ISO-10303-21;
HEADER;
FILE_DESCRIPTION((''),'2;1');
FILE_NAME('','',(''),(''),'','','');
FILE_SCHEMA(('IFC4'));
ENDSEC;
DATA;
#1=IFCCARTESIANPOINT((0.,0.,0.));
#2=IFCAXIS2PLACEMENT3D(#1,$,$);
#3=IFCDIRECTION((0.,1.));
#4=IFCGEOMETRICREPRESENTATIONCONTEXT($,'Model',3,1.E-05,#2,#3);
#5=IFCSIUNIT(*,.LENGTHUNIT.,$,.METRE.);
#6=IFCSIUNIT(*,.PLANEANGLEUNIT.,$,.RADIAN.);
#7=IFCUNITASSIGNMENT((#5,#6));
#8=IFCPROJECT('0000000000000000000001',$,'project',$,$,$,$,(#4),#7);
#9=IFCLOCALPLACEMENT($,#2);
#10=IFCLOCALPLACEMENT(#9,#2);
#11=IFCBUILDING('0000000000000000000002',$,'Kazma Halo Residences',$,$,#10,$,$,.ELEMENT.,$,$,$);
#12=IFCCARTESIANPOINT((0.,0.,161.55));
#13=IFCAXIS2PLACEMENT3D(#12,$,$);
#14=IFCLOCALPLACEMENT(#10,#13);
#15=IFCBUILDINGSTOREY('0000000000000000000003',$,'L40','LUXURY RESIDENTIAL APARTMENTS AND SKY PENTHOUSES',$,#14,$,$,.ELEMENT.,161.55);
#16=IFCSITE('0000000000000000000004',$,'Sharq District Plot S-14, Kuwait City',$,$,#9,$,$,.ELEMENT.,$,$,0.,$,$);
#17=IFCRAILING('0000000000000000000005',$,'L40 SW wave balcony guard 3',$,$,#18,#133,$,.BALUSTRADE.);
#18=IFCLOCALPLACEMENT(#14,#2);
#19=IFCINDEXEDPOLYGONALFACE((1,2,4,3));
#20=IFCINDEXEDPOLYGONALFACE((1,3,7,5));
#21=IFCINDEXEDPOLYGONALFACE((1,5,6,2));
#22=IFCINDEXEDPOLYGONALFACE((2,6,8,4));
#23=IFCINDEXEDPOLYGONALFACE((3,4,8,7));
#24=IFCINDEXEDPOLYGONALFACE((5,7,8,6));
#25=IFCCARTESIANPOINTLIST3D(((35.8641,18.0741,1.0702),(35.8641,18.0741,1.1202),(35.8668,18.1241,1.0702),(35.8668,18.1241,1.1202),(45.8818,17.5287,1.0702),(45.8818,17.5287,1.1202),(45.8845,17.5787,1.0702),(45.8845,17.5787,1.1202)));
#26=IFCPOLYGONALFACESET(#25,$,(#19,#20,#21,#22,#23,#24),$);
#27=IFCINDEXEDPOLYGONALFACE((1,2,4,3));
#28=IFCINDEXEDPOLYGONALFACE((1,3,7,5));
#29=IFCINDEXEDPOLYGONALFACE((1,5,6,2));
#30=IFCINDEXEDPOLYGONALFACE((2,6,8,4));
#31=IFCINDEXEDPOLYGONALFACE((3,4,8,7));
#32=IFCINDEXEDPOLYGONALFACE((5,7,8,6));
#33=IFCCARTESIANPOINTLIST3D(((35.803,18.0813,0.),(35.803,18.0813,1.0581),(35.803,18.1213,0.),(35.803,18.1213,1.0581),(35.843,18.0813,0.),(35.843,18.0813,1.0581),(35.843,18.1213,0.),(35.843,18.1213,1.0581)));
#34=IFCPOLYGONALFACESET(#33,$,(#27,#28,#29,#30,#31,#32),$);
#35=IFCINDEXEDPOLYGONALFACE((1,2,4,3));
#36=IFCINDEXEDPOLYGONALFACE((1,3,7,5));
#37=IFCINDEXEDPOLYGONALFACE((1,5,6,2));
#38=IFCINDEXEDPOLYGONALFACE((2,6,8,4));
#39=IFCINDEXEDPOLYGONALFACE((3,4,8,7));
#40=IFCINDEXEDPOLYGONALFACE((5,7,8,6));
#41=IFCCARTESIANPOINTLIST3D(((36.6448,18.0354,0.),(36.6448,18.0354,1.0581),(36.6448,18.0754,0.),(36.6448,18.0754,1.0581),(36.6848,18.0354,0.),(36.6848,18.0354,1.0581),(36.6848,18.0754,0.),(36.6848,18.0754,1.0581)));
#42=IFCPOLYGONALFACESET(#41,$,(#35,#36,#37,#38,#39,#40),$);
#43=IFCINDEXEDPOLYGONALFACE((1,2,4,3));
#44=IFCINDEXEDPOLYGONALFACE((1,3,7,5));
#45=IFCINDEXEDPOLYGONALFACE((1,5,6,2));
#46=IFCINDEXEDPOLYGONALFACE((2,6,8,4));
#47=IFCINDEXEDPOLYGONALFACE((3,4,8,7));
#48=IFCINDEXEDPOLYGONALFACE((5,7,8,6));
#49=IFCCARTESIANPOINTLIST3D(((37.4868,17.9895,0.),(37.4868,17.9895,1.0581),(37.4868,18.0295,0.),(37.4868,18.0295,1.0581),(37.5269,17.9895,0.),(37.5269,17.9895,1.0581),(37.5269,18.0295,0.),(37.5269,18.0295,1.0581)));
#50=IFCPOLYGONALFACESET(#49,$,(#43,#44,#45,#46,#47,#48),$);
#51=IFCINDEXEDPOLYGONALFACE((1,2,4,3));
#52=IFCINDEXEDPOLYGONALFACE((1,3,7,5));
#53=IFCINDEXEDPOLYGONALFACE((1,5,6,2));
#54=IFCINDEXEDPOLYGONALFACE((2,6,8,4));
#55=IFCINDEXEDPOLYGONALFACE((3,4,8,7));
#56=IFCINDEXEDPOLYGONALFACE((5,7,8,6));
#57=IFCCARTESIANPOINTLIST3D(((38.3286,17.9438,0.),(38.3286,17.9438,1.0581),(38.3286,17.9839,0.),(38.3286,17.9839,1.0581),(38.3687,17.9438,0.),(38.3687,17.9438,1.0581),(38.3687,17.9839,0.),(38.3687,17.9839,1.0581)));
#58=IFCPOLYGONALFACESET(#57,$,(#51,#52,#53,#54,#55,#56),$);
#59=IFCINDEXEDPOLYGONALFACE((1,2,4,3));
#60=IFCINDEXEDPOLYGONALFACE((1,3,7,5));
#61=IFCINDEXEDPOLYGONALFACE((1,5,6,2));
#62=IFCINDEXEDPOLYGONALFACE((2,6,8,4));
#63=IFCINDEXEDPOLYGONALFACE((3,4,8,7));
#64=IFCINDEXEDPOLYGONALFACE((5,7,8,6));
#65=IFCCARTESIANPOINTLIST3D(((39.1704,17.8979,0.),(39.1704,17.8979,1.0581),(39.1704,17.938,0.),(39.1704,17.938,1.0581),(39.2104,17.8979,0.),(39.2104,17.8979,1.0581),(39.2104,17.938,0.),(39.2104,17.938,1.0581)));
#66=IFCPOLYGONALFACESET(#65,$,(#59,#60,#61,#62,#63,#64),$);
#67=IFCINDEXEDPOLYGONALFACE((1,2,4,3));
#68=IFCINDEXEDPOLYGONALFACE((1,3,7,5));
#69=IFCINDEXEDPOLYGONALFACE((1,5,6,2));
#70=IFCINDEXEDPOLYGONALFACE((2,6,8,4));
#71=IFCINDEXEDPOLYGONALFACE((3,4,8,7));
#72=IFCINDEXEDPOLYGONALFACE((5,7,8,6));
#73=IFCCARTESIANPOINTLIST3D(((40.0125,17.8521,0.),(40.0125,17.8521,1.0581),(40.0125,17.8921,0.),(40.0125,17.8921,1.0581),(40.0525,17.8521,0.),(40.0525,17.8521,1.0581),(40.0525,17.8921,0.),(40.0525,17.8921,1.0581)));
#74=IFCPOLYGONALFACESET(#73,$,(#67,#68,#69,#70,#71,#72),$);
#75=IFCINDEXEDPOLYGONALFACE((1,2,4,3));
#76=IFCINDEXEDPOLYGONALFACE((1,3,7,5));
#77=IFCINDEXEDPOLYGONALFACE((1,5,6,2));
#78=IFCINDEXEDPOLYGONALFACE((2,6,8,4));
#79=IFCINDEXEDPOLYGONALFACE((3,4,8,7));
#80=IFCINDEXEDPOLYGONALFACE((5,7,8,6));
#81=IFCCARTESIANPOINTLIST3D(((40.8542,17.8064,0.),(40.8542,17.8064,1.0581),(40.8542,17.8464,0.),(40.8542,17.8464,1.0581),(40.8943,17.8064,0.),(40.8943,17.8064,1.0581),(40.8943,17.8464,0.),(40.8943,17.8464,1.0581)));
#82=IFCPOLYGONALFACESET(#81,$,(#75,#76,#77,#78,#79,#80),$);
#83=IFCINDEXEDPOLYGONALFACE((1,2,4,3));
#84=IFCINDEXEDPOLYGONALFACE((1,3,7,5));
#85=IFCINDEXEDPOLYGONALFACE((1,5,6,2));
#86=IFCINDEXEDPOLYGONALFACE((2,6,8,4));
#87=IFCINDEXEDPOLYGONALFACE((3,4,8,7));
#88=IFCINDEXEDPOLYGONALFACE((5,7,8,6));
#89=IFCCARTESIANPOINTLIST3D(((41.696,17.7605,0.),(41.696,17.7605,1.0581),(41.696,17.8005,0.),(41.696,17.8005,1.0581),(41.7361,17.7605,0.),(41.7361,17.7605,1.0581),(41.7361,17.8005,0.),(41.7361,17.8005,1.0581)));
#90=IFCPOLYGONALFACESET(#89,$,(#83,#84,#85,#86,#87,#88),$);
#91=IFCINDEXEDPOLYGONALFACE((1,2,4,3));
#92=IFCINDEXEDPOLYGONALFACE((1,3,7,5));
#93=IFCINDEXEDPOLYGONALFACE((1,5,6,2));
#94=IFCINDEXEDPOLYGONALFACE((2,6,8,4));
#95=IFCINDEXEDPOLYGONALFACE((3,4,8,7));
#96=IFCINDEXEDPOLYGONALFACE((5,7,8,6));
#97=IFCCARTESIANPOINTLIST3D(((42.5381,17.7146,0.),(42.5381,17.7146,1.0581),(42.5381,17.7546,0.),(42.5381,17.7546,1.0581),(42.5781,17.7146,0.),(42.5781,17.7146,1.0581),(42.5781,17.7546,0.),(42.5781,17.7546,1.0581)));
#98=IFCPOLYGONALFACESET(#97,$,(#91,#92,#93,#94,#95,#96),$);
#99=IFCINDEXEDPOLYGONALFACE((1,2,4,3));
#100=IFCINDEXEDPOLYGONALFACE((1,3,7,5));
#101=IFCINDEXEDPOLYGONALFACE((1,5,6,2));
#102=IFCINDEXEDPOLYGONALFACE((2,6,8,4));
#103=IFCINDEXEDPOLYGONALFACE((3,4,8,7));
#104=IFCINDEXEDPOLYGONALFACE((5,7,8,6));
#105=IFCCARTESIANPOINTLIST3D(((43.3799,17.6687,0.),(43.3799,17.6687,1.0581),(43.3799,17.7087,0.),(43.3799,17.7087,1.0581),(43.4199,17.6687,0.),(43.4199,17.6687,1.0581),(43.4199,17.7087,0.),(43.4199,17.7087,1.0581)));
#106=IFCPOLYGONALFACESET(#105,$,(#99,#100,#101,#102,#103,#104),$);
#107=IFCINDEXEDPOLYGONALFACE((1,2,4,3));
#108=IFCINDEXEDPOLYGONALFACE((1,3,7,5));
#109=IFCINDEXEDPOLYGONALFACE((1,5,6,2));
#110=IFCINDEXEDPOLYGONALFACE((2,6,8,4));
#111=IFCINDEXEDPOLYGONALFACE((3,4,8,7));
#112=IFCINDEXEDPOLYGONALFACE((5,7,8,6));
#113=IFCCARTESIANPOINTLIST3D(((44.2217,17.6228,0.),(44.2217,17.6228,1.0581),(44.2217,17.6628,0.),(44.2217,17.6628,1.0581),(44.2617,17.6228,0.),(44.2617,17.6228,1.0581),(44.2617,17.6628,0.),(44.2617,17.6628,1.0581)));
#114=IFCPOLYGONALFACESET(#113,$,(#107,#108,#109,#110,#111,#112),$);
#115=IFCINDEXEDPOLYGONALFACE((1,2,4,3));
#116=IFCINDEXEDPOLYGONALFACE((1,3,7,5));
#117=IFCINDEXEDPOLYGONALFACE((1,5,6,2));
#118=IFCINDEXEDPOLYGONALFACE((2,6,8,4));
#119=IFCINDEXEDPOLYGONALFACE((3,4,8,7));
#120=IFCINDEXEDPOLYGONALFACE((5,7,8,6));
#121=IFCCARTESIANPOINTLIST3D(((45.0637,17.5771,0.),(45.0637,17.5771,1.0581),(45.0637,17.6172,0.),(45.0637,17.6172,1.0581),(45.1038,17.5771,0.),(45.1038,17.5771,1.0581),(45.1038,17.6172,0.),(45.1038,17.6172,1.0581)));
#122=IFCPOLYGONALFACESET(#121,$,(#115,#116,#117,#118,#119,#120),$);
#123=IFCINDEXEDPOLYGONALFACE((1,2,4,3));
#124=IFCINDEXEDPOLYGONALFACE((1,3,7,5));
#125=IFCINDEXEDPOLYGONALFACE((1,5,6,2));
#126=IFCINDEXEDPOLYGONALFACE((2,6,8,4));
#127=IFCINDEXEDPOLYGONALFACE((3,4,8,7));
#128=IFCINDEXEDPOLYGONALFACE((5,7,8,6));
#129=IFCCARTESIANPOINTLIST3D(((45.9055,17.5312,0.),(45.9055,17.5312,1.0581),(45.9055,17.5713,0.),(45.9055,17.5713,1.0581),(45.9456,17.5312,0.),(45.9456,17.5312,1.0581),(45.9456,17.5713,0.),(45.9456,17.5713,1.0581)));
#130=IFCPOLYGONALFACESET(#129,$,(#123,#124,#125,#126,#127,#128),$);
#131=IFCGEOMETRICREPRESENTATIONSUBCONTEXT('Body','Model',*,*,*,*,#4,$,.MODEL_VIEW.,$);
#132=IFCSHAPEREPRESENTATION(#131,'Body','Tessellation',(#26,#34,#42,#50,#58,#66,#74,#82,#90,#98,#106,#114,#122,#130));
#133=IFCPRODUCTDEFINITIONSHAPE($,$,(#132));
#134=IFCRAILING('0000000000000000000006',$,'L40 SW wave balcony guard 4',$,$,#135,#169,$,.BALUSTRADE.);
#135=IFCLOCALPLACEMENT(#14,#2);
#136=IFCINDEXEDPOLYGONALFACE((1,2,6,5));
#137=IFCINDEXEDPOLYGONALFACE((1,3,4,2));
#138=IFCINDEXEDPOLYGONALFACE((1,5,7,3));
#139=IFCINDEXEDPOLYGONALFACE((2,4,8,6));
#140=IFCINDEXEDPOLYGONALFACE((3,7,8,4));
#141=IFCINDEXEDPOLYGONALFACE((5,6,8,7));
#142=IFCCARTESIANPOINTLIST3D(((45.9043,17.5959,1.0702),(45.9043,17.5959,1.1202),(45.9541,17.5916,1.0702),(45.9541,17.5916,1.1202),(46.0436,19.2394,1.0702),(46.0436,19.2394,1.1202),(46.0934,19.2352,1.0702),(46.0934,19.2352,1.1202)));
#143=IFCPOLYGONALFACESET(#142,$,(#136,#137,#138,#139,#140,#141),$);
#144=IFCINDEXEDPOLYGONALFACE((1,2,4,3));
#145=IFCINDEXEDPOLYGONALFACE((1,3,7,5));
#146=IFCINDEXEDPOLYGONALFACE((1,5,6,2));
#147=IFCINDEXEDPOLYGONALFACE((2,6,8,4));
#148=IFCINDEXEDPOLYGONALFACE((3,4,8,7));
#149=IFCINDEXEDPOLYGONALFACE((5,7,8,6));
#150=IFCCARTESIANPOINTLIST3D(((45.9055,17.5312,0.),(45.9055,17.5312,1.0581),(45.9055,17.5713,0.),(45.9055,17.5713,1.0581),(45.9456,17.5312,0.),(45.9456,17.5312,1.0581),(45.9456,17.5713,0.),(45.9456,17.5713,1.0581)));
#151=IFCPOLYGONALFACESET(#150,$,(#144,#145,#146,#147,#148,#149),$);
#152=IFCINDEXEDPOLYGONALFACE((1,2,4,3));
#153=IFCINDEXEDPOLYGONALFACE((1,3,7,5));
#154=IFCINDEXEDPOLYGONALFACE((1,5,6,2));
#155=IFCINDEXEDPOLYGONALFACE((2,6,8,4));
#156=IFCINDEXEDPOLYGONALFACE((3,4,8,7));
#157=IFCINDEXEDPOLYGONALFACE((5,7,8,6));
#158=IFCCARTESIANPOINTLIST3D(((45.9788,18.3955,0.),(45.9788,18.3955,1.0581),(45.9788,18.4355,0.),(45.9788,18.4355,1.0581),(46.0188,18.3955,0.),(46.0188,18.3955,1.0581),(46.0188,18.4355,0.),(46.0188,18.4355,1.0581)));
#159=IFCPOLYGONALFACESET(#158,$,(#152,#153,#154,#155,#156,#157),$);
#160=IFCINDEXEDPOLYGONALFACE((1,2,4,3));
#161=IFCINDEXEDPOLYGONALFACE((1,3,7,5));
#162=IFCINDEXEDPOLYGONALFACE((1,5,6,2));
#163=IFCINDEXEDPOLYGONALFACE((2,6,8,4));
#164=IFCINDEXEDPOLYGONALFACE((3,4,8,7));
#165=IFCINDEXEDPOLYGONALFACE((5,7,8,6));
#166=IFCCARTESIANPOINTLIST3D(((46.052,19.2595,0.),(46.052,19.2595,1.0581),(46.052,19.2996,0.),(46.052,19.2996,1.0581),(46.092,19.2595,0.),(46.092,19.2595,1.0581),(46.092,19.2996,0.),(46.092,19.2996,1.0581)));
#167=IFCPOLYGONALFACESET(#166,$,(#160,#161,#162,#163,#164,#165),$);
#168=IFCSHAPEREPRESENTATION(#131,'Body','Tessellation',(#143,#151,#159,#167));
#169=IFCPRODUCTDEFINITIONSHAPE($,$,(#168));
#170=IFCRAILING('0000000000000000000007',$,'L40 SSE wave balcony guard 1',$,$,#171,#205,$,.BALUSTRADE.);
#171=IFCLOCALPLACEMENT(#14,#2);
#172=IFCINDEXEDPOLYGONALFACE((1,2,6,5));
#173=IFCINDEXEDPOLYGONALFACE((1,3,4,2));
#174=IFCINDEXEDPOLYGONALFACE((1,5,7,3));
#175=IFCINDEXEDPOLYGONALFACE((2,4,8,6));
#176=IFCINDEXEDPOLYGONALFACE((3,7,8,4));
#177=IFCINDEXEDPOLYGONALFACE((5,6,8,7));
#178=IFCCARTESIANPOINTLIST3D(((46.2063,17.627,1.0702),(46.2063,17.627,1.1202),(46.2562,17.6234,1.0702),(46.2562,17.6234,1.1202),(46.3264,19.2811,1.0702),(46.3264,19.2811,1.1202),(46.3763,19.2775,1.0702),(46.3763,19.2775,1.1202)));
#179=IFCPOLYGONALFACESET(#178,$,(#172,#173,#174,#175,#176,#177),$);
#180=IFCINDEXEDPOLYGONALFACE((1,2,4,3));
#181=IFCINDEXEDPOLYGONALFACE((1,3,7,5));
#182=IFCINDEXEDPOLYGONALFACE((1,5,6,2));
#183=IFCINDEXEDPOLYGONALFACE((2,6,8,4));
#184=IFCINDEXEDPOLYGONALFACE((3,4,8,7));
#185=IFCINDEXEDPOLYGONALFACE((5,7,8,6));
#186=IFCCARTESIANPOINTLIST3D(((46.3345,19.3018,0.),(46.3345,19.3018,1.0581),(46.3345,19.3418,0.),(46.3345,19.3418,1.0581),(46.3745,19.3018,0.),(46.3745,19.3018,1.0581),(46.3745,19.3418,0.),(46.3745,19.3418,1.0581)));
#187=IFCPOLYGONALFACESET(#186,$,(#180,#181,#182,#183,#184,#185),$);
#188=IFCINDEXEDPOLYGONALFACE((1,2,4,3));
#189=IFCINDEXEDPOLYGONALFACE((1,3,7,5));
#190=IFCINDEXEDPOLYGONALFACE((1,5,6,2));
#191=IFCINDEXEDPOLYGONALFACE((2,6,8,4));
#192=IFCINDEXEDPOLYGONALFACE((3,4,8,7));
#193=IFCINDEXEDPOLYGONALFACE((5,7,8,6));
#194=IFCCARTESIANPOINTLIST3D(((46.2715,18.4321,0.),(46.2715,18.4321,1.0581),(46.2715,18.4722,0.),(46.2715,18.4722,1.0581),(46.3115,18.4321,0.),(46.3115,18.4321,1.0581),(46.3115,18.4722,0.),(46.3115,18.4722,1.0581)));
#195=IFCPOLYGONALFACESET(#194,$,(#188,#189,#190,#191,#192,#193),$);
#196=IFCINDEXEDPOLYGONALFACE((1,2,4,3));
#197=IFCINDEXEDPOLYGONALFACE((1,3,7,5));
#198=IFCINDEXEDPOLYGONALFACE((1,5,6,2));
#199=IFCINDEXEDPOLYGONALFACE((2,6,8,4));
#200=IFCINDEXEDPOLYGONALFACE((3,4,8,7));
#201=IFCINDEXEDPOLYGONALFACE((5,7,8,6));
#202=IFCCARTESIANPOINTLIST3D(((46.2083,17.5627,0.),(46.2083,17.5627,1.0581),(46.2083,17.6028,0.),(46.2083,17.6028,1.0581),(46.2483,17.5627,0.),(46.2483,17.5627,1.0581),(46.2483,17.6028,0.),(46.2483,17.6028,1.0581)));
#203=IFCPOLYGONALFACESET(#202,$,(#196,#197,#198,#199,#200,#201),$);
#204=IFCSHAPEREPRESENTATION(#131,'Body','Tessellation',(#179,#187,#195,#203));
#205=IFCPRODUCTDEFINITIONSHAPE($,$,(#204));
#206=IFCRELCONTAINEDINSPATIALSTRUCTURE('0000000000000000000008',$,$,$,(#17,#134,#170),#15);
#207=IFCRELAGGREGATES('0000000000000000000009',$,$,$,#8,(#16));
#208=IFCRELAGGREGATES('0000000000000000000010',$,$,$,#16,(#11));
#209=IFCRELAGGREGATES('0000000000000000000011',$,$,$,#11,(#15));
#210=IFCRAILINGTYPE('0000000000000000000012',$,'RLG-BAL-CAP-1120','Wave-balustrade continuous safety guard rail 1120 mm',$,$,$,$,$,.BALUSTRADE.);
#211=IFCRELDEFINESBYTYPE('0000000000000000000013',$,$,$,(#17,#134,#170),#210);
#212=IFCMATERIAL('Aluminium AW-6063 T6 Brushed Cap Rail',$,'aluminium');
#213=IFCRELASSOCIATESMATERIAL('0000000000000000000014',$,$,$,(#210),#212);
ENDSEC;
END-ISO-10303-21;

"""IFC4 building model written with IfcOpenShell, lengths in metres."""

from ifc_helpers import new_model, si_unit, direction, frame, origin, origin_2d, place, context, subcontext, project, spatial, rectangle, extrude, material, type_object, element, save


model = new_model("IFC4")

# Units and contexts
model_context = context("Model", 3, precision=1e-05, world=origin(), true_north=direction((0.0, 1.0)))
body_context = subcontext(model_context, "Body", "Model", "MODEL_VIEW")
ifc_project = project(units=[si_unit("LENGTHUNIT", "METRE"), si_unit("PLANEANGLEUNIT", "RADIAN")], contexts=[model_context])

# Site, building, storey
site_placement = place(None, origin())
site = spatial("IfcSite", under=ifc_project, at=site_placement, Name="Sharq District Plot S-14, Kuwait City", CompositionType="ELEMENT", RefElevation=0.0)
building_placement = place(site_placement, origin())
building = spatial("IfcBuilding", under=site, at=building_placement, Name="Kazma Halo Residences", CompositionType="ELEMENT")
storey_placement = place(building_placement, frame((0.0, 0.0, 161.55)))
storey = spatial("IfcBuildingStorey", under=building, at=storey_placement, Name="L40", Description="LUXURY RESIDENTIAL APARTMENTS AND SKY PENTHOUSES", CompositionType="ELEMENT", Elevation=161.55)

# Railings
ifc_material_1 = material(Name="Aluminium AW-6063 T6 Brushed Cap Rail", Category="aluminium")
railing_type = type_object("IfcRailingType", Name="RLG-BAL-CAP-1120", Description="Wave-balustrade continuous safety guard rail 1120 mm", PredefinedType="BALUSTRADE", material=ifc_material_1)
railing_1_placement = place(storey_placement, frame((35.823, 18.1013, 0.0)))
element("IfcRailing", 1, at=railing_1_placement, inside=storey, type_object=railing_type, Name="L40 SW wave balcony guard 3", PredefinedType="BALUSTRADE", context=body_context, shape_type="SweptSolid", body=[
    extrude(rectangle(XDim=0.05, YDim=0.05, at=origin_2d()), frame((0.0425, -0.0022, 1.0952), z_axis=(0.998521, -0.054366, 0.0), x_axis=(0.054366, 0.998521, 0.0)), (0.0, 0.0, 1.0), 10.0325),
    extrude(rectangle(XDim=0.04, YDim=0.04, at=origin_2d()), origin(), (0.0, 0.0, 1.0), 1.0581),
    extrude(rectangle(XDim=0.04, YDim=0.04, at=origin_2d()), frame((0.8418, -0.0459, 0.0)), (0.0, 0.0, 1.0), 1.0581),
    extrude(rectangle(XDim=0.04, YDim=0.04, at=origin_2d()), frame((1.6838, -0.0918, 0.0)), (0.0, 0.0, 1.0), 1.0581),
    extrude(rectangle(XDim=0.04, YDim=0.04, at=origin_2d()), frame((2.5256, -0.1375, 0.0)), (0.0, 0.0, 1.0), 1.0581),
    extrude(rectangle(XDim=0.04, YDim=0.04, at=origin_2d()), frame((3.3674, -0.1833, 0.0)), (0.0, 0.0, 1.0), 1.0581),
    extrude(rectangle(XDim=0.04, YDim=0.04, at=origin_2d()), frame((4.2095, -0.2292, 0.0)), (0.0, 0.0, 1.0), 1.0581),
    extrude(rectangle(XDim=0.04, YDim=0.04, at=origin_2d()), frame((5.0513, -0.2749, 0.0)), (0.0, 0.0, 1.0), 1.0581),
    extrude(rectangle(XDim=0.04, YDim=0.04, at=origin_2d()), frame((5.8931, -0.3208, 0.0)), (0.0, 0.0, 1.0), 1.0581),
    extrude(rectangle(XDim=0.04, YDim=0.04, at=origin_2d()), frame((6.7351, -0.3667, 0.0)), (0.0, 0.0, 1.0), 1.0581),
    extrude(rectangle(XDim=0.04, YDim=0.04, at=origin_2d()), frame((7.5769, -0.4126, 0.0)), (0.0, 0.0, 1.0), 1.0581),
    extrude(rectangle(XDim=0.04, YDim=0.04, at=origin_2d()), frame((8.4187, -0.4585, 0.0)), (0.0, 0.0, 1.0), 1.0581),
    extrude(rectangle(XDim=0.04, YDim=0.04, at=origin_2d()), frame((9.2607, -0.5042, 0.0)), (0.0, 0.0, 1.0), 1.0581),
    extrude(rectangle(XDim=0.04, YDim=0.04, at=origin_2d()), frame((10.1025, -0.55, 0.0)), (0.0, 0.0, 1.0), 1.0581),
])
railing_2_placement = place(storey_placement, frame((45.9255, 17.5513, 0.0)))
element("IfcRailing", 2, at=railing_2_placement, inside=storey, type_object=railing_type, Name="L40 SW wave balcony guard 4", PredefinedType="BALUSTRADE", context=body_context, shape_type="SweptSolid", body=[
    extrude(rectangle(XDim=0.05, YDim=0.05, at=origin_2d()), frame((0.0037, 0.0425, 1.0952), z_axis=(0.084455, 0.996427, 0.0), x_axis=(-0.996427, 0.084455, 0.0)), (0.0, 0.0, 1.0), 1.6494),
    extrude(rectangle(XDim=0.04, YDim=0.04, at=origin_2d()), origin(), (0.0, 0.0, 1.0), 1.0581),
    extrude(rectangle(XDim=0.04, YDim=0.04, at=origin_2d()), frame((0.0732, 0.8643, 0.0)), (0.0, 0.0, 1.0), 1.0581),
    extrude(rectangle(XDim=0.04, YDim=0.04, at=origin_2d()), frame((0.1465, 1.7283, 0.0)), (0.0, 0.0, 1.0), 1.0581),
])
railing_3_placement = place(storey_placement, frame((46.3545, 19.3218, 0.0)))
element("IfcRailing", 3, at=railing_3_placement, inside=storey, type_object=railing_type, Name="L40 SSE wave balcony guard 1", PredefinedType="BALUSTRADE", context=body_context, shape_type="SweptSolid", body=[
    extrude(rectangle(XDim=0.05, YDim=0.05, at=origin_2d()), frame((-0.0032, -0.0425, 1.0952), z_axis=(-0.072391, -0.997376, 0.0), x_axis=(0.997376, -0.072391, 0.0)), (0.0, 0.0, 1.0), 1.6584),
    extrude(rectangle(XDim=0.04, YDim=0.04, at=origin_2d()), origin(), (0.0, 0.0, 1.0), 1.0581),
    extrude(rectangle(XDim=0.04, YDim=0.04, at=origin_2d()), frame((-0.063, -0.8696, 0.0)), (0.0, 0.0, 1.0), 1.0581),
    extrude(rectangle(XDim=0.04, YDim=0.04, at=origin_2d()), frame((-0.1262, -1.739, 0.0)), (0.0, 0.0, 1.0), 1.0581),
])

save(model, "model.ifc")
